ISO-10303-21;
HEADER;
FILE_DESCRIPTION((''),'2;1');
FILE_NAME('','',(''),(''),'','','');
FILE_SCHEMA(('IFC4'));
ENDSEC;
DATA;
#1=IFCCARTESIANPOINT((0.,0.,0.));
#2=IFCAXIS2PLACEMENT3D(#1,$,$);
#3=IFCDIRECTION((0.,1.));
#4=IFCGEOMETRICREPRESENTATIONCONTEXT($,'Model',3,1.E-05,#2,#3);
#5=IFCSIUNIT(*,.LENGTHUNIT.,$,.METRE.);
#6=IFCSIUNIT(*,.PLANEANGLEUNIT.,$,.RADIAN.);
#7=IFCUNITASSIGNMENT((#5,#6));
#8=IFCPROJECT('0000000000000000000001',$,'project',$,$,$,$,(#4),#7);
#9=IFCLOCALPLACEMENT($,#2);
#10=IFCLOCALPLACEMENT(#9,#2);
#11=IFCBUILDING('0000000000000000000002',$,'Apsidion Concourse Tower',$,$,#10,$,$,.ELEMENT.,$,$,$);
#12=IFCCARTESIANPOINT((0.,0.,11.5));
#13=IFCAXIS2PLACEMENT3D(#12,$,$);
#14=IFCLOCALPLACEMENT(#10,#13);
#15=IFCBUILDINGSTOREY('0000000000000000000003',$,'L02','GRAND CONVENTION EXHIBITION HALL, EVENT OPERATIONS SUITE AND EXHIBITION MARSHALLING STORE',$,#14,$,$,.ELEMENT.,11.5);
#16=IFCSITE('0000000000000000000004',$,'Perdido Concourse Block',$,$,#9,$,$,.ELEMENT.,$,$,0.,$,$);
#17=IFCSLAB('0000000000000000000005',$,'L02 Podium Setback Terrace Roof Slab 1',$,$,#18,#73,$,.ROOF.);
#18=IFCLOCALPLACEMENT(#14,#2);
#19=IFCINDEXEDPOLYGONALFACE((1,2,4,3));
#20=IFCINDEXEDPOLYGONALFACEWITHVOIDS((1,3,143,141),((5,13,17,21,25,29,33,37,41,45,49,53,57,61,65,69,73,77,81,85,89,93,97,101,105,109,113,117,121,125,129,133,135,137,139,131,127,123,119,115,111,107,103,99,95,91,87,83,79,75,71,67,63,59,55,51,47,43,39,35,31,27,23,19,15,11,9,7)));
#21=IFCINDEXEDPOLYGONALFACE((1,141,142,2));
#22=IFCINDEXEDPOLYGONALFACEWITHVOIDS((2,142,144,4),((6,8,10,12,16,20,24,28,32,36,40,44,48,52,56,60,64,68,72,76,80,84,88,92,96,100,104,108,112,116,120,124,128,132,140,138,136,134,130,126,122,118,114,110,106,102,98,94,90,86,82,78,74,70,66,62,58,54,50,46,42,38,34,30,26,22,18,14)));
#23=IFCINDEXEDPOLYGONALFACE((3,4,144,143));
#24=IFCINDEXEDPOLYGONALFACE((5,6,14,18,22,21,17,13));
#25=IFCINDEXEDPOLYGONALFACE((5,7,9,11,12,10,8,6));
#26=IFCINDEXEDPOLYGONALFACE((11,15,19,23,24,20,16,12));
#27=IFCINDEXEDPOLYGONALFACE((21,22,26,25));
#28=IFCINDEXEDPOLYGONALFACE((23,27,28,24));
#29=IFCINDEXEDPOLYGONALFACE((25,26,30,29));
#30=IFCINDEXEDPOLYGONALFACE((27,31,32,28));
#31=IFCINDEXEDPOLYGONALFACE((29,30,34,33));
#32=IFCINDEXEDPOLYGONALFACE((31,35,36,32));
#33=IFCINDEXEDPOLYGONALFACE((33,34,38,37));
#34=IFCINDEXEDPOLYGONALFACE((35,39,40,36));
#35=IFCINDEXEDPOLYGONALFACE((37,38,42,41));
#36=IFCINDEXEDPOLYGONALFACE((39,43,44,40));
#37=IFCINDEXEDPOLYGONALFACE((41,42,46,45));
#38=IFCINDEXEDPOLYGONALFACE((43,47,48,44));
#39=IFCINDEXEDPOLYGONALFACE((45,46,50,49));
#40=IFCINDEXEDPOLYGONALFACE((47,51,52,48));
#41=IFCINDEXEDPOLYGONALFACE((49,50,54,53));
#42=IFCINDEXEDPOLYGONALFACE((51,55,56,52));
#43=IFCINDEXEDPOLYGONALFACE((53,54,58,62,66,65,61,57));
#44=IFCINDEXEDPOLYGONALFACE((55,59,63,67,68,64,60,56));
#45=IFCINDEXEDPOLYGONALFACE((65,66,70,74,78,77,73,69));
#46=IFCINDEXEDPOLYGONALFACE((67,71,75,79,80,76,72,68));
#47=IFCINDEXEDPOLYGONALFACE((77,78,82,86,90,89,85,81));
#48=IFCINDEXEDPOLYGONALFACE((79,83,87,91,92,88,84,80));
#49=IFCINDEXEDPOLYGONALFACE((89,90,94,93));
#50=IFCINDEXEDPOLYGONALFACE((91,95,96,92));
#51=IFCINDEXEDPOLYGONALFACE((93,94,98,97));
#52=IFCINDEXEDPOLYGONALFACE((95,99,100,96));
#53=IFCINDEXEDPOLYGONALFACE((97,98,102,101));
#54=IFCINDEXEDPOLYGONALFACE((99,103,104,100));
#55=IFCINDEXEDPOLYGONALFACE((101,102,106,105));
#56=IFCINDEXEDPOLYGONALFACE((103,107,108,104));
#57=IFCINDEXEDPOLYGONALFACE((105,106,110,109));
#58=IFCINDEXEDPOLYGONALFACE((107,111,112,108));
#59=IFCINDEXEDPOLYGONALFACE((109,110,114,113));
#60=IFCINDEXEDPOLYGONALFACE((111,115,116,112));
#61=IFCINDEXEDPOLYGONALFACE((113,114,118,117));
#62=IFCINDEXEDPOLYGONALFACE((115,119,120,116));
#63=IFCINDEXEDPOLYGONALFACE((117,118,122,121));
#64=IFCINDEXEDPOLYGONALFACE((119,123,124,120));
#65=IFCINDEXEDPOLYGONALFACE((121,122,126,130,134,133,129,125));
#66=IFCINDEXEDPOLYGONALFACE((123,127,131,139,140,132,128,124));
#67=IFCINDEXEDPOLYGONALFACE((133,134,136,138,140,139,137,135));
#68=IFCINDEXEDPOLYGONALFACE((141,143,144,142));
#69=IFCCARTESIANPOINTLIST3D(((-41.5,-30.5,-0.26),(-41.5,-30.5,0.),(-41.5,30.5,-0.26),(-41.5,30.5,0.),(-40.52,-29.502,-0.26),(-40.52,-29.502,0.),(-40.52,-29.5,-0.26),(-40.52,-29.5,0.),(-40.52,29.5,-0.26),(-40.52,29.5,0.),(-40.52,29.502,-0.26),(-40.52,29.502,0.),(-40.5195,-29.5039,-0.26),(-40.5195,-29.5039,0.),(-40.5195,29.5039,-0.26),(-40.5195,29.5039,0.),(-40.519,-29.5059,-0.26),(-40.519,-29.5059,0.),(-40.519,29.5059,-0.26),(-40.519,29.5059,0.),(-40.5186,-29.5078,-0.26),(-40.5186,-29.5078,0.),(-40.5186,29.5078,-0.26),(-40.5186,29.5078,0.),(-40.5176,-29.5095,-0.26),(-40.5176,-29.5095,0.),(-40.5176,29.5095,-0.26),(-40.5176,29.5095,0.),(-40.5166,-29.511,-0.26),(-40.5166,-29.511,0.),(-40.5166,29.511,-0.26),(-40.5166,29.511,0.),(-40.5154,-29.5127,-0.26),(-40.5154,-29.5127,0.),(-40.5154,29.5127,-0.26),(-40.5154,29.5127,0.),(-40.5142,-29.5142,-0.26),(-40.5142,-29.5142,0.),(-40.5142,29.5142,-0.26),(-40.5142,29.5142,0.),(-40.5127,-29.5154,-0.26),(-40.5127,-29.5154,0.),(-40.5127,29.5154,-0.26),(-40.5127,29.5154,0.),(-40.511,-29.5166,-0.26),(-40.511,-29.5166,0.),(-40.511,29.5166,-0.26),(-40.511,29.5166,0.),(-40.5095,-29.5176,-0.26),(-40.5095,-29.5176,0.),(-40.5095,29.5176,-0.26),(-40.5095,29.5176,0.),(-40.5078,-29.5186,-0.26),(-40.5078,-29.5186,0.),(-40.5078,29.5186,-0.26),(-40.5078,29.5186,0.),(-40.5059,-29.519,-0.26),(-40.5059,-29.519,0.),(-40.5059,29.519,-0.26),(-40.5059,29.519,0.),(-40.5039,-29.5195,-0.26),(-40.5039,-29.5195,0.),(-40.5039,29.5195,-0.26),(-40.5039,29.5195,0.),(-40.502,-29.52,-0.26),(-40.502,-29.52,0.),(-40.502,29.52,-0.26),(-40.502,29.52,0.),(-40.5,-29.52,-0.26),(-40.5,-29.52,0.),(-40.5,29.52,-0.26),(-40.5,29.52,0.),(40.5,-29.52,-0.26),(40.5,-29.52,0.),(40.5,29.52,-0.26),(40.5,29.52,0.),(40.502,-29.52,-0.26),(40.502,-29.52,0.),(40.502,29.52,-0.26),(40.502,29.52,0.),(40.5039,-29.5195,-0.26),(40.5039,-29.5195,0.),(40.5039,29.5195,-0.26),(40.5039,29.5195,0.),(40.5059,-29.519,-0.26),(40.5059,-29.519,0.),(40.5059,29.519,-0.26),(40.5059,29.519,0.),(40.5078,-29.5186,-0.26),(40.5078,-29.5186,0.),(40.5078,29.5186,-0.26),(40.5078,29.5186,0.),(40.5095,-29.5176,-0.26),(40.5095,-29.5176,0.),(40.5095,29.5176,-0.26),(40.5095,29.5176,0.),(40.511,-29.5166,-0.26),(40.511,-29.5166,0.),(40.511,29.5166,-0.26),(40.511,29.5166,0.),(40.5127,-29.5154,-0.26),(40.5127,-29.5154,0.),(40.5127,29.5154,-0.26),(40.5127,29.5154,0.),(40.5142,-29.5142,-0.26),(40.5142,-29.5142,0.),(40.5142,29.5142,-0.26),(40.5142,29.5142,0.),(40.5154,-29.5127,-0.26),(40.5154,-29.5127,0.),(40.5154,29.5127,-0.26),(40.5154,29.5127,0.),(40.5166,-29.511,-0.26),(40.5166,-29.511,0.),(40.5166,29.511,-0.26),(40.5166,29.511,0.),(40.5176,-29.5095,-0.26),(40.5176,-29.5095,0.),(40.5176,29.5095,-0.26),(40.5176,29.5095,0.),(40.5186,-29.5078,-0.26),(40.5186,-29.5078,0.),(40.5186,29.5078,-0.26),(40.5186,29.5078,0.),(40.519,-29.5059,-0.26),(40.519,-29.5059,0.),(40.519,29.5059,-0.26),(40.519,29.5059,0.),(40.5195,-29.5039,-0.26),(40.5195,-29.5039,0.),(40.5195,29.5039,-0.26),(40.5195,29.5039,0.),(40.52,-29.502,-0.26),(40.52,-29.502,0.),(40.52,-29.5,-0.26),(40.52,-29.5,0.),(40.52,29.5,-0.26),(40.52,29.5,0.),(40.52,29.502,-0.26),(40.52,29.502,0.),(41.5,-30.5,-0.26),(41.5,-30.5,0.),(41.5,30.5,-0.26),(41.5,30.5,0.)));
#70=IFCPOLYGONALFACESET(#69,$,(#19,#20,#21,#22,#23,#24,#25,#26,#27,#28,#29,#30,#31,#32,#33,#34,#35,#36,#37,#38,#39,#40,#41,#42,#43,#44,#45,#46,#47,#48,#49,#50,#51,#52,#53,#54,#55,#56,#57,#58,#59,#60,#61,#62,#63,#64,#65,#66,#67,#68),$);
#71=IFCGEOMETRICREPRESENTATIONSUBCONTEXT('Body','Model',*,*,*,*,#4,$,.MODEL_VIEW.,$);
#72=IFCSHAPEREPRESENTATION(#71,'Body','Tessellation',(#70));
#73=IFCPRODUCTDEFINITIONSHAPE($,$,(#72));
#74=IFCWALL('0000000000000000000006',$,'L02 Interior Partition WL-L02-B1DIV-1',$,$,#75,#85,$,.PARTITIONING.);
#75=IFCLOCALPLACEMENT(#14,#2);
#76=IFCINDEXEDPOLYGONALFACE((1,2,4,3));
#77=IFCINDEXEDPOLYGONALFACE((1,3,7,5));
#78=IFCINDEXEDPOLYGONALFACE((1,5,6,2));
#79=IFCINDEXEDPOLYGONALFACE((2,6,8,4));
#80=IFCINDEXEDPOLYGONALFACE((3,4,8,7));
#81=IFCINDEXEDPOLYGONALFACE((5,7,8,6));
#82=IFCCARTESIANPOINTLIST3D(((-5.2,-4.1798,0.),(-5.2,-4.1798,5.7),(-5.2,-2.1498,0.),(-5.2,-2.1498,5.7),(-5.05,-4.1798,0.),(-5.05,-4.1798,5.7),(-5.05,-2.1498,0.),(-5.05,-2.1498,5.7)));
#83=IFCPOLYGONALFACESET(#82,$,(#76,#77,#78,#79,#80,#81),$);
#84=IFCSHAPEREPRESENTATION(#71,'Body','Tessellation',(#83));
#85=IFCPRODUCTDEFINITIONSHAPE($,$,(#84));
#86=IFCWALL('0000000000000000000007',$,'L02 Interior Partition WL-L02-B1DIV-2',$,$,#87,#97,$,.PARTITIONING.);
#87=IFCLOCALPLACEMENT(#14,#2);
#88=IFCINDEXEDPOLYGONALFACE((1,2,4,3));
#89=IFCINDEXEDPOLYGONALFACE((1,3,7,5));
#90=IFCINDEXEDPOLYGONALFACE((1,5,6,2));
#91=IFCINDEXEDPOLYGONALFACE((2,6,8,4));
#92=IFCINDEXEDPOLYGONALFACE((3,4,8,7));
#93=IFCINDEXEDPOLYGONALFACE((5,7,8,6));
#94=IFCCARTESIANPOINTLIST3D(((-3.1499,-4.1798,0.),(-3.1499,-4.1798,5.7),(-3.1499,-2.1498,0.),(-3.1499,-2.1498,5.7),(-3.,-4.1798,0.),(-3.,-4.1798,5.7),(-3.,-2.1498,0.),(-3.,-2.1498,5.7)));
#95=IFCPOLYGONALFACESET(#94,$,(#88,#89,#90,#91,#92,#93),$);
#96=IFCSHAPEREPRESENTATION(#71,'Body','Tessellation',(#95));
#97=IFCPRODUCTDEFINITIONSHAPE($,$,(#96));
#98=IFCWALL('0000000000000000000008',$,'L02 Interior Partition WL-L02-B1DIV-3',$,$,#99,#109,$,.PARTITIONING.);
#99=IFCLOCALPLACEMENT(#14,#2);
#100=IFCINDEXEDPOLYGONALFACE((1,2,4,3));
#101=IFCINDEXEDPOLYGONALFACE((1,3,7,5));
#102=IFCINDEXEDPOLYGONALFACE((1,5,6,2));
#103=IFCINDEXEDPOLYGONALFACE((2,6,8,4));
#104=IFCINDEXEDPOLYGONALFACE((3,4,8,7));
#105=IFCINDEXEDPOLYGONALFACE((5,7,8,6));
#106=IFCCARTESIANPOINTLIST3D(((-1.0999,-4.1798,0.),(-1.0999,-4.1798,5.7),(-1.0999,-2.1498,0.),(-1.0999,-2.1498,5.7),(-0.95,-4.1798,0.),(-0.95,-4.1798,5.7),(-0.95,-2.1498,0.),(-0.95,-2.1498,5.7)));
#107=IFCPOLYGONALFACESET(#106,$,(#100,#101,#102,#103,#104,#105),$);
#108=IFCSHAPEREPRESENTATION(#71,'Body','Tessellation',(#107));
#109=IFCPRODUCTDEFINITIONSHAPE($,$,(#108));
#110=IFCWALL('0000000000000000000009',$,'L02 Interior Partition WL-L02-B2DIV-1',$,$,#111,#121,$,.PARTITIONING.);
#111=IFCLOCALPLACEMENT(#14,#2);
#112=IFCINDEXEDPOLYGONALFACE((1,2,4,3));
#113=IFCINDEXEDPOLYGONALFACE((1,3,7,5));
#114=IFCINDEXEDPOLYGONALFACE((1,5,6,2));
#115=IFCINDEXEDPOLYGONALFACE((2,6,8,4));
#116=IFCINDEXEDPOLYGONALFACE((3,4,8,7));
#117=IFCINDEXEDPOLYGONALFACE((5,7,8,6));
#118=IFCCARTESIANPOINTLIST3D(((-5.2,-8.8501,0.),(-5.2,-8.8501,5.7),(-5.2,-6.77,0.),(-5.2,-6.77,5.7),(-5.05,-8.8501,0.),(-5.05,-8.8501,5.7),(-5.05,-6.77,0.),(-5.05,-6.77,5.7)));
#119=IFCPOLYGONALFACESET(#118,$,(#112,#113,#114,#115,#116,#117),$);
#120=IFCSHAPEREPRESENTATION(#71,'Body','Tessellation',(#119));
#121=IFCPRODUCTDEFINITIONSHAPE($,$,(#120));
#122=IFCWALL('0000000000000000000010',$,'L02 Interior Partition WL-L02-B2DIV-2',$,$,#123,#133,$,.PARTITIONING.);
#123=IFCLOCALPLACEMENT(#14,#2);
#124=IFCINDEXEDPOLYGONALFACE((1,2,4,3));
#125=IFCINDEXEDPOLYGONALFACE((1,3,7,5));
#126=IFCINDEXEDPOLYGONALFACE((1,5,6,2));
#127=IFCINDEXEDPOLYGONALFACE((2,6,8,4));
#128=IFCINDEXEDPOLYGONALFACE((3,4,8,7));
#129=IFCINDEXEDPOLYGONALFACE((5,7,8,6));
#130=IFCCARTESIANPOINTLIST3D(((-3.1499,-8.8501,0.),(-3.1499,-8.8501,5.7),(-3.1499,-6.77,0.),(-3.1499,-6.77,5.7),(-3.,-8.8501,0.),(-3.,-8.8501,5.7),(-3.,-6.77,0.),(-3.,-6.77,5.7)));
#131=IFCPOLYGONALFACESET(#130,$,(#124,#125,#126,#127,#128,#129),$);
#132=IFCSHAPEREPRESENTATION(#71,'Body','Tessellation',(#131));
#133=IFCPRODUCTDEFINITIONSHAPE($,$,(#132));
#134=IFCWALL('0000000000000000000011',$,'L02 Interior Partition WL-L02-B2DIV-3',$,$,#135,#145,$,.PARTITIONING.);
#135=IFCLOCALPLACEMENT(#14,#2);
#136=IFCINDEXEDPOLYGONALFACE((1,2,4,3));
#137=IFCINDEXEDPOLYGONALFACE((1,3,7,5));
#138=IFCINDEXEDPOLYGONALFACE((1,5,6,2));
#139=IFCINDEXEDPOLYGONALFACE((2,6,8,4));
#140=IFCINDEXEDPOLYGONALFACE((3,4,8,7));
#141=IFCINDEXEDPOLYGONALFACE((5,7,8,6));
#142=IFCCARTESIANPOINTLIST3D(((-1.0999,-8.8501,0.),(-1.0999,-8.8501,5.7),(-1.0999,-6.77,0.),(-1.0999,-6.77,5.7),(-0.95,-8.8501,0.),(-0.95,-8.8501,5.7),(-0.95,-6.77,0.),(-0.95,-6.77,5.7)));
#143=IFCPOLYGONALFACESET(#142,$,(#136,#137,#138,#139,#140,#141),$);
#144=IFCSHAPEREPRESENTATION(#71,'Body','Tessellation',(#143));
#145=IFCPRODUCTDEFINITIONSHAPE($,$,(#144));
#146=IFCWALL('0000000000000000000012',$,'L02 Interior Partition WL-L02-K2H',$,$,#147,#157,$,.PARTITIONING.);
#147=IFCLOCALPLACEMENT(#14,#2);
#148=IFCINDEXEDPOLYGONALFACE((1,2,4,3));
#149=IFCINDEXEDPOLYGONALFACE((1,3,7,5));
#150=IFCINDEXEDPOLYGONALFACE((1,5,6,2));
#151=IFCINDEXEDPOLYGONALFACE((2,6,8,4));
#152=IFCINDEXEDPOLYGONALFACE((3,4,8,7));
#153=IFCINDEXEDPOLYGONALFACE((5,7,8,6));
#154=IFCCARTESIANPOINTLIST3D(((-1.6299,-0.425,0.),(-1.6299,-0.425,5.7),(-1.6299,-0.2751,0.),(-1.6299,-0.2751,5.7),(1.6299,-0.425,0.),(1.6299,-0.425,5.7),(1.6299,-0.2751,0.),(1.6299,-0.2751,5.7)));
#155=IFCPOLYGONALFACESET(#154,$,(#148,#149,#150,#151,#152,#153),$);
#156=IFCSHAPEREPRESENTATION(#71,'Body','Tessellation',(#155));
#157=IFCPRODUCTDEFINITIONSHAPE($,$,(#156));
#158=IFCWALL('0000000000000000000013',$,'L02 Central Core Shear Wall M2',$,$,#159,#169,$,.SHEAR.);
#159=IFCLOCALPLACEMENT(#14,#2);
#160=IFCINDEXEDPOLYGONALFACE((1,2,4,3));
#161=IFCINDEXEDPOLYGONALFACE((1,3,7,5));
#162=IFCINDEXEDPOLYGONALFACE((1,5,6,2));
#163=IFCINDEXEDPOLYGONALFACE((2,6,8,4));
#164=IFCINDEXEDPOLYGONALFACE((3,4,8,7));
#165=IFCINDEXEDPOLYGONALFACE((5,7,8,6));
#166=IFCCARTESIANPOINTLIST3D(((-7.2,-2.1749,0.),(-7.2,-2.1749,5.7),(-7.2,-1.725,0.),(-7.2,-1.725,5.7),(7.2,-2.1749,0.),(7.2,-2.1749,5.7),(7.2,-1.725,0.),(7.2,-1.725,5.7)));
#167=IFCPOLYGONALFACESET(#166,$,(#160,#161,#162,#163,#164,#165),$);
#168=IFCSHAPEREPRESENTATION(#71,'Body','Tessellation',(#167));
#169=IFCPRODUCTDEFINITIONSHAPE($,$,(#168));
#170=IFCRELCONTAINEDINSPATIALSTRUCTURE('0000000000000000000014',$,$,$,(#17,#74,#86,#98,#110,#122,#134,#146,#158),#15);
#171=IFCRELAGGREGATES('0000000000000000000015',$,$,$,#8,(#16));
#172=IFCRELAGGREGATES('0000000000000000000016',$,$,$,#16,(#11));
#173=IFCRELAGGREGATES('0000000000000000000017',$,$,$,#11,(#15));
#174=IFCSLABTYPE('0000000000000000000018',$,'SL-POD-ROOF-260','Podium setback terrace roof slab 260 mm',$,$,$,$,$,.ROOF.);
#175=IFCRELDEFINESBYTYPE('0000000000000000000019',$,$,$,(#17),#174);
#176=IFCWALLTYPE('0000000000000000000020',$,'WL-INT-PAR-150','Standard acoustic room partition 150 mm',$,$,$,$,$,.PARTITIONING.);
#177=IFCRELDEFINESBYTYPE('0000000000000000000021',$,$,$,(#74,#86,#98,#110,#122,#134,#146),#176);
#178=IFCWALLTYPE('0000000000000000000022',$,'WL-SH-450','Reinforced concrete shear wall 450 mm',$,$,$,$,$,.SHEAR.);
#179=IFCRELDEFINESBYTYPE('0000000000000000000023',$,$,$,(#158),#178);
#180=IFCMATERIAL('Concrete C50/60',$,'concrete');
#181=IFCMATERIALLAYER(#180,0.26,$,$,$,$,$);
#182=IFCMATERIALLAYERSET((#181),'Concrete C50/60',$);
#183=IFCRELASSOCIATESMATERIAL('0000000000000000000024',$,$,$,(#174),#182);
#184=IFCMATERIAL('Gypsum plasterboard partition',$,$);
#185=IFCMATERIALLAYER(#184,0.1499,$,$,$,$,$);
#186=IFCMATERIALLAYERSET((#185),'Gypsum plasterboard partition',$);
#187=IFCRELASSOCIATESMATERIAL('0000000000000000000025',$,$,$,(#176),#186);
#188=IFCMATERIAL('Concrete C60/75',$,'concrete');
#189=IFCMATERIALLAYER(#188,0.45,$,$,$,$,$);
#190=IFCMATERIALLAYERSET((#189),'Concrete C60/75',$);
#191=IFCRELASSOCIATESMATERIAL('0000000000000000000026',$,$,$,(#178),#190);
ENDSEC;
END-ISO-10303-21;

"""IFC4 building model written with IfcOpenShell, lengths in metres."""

from ifc_helpers import new_model, si_unit, direction, frame, frame_2d, origin, place, context, subcontext, project, spatial, polyline, rectangle, outline, extrude, material, layer, layer_set, type_object, element, save


model = new_model("IFC4")

# Units and contexts
model_context = context("Model", 3, precision=1e-05, world=origin(), true_north=direction((0.0, 1.0)))
body_context = subcontext(model_context, "Body", "Model", "MODEL_VIEW")
ifc_project = project(units=[si_unit("LENGTHUNIT", "METRE"), si_unit("PLANEANGLEUNIT", "RADIAN")], contexts=[model_context])

# Site, building, storey
site_placement = place(None, origin())
site = spatial("IfcSite", under=ifc_project, at=site_placement, Name="Perdido Concourse Block", CompositionType="ELEMENT", RefElevation=0.0)
building_placement = place(site_placement, origin())
building = spatial("IfcBuilding", under=site, at=building_placement, Name="Apsidion Concourse Tower", CompositionType="ELEMENT")
storey_placement = place(building_placement, frame((0.0, 0.0, 11.5)))
storey = spatial("IfcBuildingStorey", under=building, at=storey_placement, Name="L02", Description="GRAND CONVENTION EXHIBITION HALL, EVENT OPERATIONS SUITE AND EXHIBITION MARSHALLING STORE", CompositionType="ELEMENT", Elevation=11.5)

# Shared definitions
ifc_material_1 = material(Name="Concrete C50/60", Category="concrete")
ifc_material_2 = material(Name="Concrete C60/75", Category="concrete")

# Slab
ifc_layer_1 = layer(ifc_material_1, 0.26)
ifc_layer_set_1 = layer_set([ifc_layer_1], Name="Concrete C50/60")
slab_type_1 = type_object("IfcSlabType", Name="SL-POD-ROOF-260", Description="Podium setback terrace roof slab 260 mm", PredefinedType="ROOF", material=ifc_layer_set_1)
slab_1_placement = place(storey_placement, frame((0.0, 0.0, -0.26)))
element("IfcSlab", 1, at=slab_1_placement, inside=storey, type_object=slab_type_1, Name="L02 Podium Setback Terrace Roof Slab 1", PredefinedType="ROOF", context=body_context, shape_type="SweptSolid", body=[
    extrude(outline(polyline([(-41.5, 30.5), (41.5, 30.5), (41.5, -30.5), (-41.5, -30.5), (-41.5, 30.5)]), holes=[polyline([(-40.52, -29.502), (-40.5195, -29.5039), (-40.519, -29.5059), (-40.5186, -29.5078), (-40.5176, -29.5095), (-40.5166, -29.511), (-40.5154, -29.5127), (-40.5142, -29.5142), (-40.5127, -29.5154), (-40.511, -29.5166), (-40.5095, -29.5176), (-40.5078, -29.5186), (-40.5059, -29.519), (-40.5039, -29.5195), (-40.502, -29.52), (-40.5, -29.52), (40.5, -29.52), (40.502, -29.52), (40.5039, -29.5195), (40.5059, -29.519), (40.5078, -29.5186), (40.5095, -29.5176), (40.511, -29.5166), (40.5127, -29.5154), (40.5142, -29.5142), (40.5154, -29.5127), (40.5166, -29.511), (40.5176, -29.5095), (40.5186, -29.5078), (40.519, -29.5059), (40.5195, -29.5039), (40.52, -29.502), (40.52, -29.5), (40.52, 29.5), (40.52, 29.502), (40.5195, 29.5039), (40.519, 29.5059), (40.5186, 29.5078), (40.5176, 29.5095), (40.5166, 29.511), (40.5154, 29.5127), (40.5142, 29.5142), (40.5127, 29.5154), (40.511, 29.5166), (40.5095, 29.5176), (40.5078, 29.5186), (40.5059, 29.519), (40.5039, 29.5195), (40.502, 29.52), (40.5, 29.52), (-40.5, 29.52), (-40.502, 29.52), (-40.5039, 29.5195), (-40.5059, 29.519), (-40.5078, 29.5186), (-40.5095, 29.5176), (-40.511, 29.5166), (-40.5127, 29.5154), (-40.5142, 29.5142), (-40.5154, 29.5127), (-40.5166, 29.511), (-40.5176, 29.5095), (-40.5186, 29.5078), (-40.519, 29.5059), (-40.5195, 29.5039), (-40.52, 29.502), (-40.52, 29.5), (-40.52, -29.5), (-40.52, -29.502)])]), origin(), (0.0, 0.0, 1.0), 0.26),
])

# Walls
ifc_material_3 = material(Name="Gypsum plasterboard partition")
ifc_layer_2 = layer(ifc_material_3, 0.1499)
ifc_layer_set_2 = layer_set([ifc_layer_2], Name="Gypsum plasterboard partition")
wall_type_1 = type_object("IfcWallType", Name="WL-INT-PAR-150", Description="Standard acoustic room partition 150 mm", PredefinedType="PARTITIONING", material=ifc_layer_set_2)
for number, where, z_axis, x_axis, name in (
    (2, (-5.125, -4.1799, 0.0), (0.0, 0.0, 1.0), (0.0, 1.0, 0.0), "L02 Interior Partition WL-L02-B1DIV-1"),
    (3, (-3.075, -4.1799, 0.0), (0.0, 0.0, 1.0), (0.0, 1.0, 0.0), "L02 Interior Partition WL-L02-B1DIV-2"),
    (4, (-1.0249, -4.1799, 0.0), (0.0, 0.0, 1.0), (0.0, 1.0, 0.0), "L02 Interior Partition WL-L02-B1DIV-3"),
):
    element("IfcWall", number, at=place(storey_placement, frame(where, z_axis=z_axis, x_axis=x_axis)), inside=storey, type_object=wall_type_1, Name=name, PredefinedType="PARTITIONING", context=body_context, shape_type="SweptSolid", body=[
        extrude(rectangle(XDim=2.03, YDim=0.1499, at=frame_2d((1.0151, 0.0))), origin(), (0.0, 0.0, 1.0), 5.7),
    ])
for number, where, z_axis, x_axis, name in (
    (5, (-5.125, -8.8501, 0.0), (0.0, 0.0, 1.0), (0.0, 1.0, 0.0), "L02 Interior Partition WL-L02-B2DIV-1"),
    (6, (-3.075, -8.8501, 0.0), (0.0, 0.0, 1.0), (0.0, 1.0, 0.0), "L02 Interior Partition WL-L02-B2DIV-2"),
    (7, (-1.0249, -8.8501, 0.0), (0.0, 0.0, 1.0), (0.0, 1.0, 0.0), "L02 Interior Partition WL-L02-B2DIV-3"),
):
    element("IfcWall", number, at=place(storey_placement, frame(where, z_axis=z_axis, x_axis=x_axis)), inside=storey, type_object=wall_type_1, Name=name, PredefinedType="PARTITIONING", context=body_context, shape_type="SweptSolid", body=[
        extrude(rectangle(XDim=2.0801, YDim=0.1499, at=frame_2d((1.04, 0.0))), origin(), (0.0, 0.0, 1.0), 5.7),
    ])
wall_1_placement = place(storey_placement, frame((-1.6299, -0.3501, 0.0), z_axis=(0.0, 0.0, 1.0), x_axis=(1.0, 0.0, 0.0)))
element("IfcWall", 8, at=wall_1_placement, inside=storey, type_object=wall_type_1, Name="L02 Interior Partition WL-L02-K2H", PredefinedType="PARTITIONING", context=body_context, shape_type="SweptSolid", body=[
    extrude(rectangle(XDim=3.2598, YDim=0.1499, at=frame_2d((1.6299, 0.0))), origin(), (0.0, 0.0, 1.0), 5.7),
])

# Wall
ifc_layer_3 = layer(ifc_material_2, 0.45)
ifc_layer_set_3 = layer_set([ifc_layer_3], Name="Concrete C60/75")
wall_type_2 = type_object("IfcWallType", Name="WL-SH-450", Description="Reinforced concrete shear wall 450 mm", PredefinedType="SHEAR", material=ifc_layer_set_3)
wall_2_placement = place(storey_placement, frame((-7.2, -1.95, 0.0), z_axis=(0.0, 0.0, 1.0), x_axis=(1.0, 0.0, 0.0)))
element("IfcWall", 9, at=wall_2_placement, inside=storey, type_object=wall_type_2, Name="L02 Central Core Shear Wall M2", PredefinedType="SHEAR", context=body_context, shape_type="SweptSolid", body=[
    extrude(rectangle(XDim=14.3999, YDim=0.45, at=frame_2d((7.2, 0.0))), origin(), (0.0, 0.0, 1.0), 5.7),
])

save(model, "model.ifc")
